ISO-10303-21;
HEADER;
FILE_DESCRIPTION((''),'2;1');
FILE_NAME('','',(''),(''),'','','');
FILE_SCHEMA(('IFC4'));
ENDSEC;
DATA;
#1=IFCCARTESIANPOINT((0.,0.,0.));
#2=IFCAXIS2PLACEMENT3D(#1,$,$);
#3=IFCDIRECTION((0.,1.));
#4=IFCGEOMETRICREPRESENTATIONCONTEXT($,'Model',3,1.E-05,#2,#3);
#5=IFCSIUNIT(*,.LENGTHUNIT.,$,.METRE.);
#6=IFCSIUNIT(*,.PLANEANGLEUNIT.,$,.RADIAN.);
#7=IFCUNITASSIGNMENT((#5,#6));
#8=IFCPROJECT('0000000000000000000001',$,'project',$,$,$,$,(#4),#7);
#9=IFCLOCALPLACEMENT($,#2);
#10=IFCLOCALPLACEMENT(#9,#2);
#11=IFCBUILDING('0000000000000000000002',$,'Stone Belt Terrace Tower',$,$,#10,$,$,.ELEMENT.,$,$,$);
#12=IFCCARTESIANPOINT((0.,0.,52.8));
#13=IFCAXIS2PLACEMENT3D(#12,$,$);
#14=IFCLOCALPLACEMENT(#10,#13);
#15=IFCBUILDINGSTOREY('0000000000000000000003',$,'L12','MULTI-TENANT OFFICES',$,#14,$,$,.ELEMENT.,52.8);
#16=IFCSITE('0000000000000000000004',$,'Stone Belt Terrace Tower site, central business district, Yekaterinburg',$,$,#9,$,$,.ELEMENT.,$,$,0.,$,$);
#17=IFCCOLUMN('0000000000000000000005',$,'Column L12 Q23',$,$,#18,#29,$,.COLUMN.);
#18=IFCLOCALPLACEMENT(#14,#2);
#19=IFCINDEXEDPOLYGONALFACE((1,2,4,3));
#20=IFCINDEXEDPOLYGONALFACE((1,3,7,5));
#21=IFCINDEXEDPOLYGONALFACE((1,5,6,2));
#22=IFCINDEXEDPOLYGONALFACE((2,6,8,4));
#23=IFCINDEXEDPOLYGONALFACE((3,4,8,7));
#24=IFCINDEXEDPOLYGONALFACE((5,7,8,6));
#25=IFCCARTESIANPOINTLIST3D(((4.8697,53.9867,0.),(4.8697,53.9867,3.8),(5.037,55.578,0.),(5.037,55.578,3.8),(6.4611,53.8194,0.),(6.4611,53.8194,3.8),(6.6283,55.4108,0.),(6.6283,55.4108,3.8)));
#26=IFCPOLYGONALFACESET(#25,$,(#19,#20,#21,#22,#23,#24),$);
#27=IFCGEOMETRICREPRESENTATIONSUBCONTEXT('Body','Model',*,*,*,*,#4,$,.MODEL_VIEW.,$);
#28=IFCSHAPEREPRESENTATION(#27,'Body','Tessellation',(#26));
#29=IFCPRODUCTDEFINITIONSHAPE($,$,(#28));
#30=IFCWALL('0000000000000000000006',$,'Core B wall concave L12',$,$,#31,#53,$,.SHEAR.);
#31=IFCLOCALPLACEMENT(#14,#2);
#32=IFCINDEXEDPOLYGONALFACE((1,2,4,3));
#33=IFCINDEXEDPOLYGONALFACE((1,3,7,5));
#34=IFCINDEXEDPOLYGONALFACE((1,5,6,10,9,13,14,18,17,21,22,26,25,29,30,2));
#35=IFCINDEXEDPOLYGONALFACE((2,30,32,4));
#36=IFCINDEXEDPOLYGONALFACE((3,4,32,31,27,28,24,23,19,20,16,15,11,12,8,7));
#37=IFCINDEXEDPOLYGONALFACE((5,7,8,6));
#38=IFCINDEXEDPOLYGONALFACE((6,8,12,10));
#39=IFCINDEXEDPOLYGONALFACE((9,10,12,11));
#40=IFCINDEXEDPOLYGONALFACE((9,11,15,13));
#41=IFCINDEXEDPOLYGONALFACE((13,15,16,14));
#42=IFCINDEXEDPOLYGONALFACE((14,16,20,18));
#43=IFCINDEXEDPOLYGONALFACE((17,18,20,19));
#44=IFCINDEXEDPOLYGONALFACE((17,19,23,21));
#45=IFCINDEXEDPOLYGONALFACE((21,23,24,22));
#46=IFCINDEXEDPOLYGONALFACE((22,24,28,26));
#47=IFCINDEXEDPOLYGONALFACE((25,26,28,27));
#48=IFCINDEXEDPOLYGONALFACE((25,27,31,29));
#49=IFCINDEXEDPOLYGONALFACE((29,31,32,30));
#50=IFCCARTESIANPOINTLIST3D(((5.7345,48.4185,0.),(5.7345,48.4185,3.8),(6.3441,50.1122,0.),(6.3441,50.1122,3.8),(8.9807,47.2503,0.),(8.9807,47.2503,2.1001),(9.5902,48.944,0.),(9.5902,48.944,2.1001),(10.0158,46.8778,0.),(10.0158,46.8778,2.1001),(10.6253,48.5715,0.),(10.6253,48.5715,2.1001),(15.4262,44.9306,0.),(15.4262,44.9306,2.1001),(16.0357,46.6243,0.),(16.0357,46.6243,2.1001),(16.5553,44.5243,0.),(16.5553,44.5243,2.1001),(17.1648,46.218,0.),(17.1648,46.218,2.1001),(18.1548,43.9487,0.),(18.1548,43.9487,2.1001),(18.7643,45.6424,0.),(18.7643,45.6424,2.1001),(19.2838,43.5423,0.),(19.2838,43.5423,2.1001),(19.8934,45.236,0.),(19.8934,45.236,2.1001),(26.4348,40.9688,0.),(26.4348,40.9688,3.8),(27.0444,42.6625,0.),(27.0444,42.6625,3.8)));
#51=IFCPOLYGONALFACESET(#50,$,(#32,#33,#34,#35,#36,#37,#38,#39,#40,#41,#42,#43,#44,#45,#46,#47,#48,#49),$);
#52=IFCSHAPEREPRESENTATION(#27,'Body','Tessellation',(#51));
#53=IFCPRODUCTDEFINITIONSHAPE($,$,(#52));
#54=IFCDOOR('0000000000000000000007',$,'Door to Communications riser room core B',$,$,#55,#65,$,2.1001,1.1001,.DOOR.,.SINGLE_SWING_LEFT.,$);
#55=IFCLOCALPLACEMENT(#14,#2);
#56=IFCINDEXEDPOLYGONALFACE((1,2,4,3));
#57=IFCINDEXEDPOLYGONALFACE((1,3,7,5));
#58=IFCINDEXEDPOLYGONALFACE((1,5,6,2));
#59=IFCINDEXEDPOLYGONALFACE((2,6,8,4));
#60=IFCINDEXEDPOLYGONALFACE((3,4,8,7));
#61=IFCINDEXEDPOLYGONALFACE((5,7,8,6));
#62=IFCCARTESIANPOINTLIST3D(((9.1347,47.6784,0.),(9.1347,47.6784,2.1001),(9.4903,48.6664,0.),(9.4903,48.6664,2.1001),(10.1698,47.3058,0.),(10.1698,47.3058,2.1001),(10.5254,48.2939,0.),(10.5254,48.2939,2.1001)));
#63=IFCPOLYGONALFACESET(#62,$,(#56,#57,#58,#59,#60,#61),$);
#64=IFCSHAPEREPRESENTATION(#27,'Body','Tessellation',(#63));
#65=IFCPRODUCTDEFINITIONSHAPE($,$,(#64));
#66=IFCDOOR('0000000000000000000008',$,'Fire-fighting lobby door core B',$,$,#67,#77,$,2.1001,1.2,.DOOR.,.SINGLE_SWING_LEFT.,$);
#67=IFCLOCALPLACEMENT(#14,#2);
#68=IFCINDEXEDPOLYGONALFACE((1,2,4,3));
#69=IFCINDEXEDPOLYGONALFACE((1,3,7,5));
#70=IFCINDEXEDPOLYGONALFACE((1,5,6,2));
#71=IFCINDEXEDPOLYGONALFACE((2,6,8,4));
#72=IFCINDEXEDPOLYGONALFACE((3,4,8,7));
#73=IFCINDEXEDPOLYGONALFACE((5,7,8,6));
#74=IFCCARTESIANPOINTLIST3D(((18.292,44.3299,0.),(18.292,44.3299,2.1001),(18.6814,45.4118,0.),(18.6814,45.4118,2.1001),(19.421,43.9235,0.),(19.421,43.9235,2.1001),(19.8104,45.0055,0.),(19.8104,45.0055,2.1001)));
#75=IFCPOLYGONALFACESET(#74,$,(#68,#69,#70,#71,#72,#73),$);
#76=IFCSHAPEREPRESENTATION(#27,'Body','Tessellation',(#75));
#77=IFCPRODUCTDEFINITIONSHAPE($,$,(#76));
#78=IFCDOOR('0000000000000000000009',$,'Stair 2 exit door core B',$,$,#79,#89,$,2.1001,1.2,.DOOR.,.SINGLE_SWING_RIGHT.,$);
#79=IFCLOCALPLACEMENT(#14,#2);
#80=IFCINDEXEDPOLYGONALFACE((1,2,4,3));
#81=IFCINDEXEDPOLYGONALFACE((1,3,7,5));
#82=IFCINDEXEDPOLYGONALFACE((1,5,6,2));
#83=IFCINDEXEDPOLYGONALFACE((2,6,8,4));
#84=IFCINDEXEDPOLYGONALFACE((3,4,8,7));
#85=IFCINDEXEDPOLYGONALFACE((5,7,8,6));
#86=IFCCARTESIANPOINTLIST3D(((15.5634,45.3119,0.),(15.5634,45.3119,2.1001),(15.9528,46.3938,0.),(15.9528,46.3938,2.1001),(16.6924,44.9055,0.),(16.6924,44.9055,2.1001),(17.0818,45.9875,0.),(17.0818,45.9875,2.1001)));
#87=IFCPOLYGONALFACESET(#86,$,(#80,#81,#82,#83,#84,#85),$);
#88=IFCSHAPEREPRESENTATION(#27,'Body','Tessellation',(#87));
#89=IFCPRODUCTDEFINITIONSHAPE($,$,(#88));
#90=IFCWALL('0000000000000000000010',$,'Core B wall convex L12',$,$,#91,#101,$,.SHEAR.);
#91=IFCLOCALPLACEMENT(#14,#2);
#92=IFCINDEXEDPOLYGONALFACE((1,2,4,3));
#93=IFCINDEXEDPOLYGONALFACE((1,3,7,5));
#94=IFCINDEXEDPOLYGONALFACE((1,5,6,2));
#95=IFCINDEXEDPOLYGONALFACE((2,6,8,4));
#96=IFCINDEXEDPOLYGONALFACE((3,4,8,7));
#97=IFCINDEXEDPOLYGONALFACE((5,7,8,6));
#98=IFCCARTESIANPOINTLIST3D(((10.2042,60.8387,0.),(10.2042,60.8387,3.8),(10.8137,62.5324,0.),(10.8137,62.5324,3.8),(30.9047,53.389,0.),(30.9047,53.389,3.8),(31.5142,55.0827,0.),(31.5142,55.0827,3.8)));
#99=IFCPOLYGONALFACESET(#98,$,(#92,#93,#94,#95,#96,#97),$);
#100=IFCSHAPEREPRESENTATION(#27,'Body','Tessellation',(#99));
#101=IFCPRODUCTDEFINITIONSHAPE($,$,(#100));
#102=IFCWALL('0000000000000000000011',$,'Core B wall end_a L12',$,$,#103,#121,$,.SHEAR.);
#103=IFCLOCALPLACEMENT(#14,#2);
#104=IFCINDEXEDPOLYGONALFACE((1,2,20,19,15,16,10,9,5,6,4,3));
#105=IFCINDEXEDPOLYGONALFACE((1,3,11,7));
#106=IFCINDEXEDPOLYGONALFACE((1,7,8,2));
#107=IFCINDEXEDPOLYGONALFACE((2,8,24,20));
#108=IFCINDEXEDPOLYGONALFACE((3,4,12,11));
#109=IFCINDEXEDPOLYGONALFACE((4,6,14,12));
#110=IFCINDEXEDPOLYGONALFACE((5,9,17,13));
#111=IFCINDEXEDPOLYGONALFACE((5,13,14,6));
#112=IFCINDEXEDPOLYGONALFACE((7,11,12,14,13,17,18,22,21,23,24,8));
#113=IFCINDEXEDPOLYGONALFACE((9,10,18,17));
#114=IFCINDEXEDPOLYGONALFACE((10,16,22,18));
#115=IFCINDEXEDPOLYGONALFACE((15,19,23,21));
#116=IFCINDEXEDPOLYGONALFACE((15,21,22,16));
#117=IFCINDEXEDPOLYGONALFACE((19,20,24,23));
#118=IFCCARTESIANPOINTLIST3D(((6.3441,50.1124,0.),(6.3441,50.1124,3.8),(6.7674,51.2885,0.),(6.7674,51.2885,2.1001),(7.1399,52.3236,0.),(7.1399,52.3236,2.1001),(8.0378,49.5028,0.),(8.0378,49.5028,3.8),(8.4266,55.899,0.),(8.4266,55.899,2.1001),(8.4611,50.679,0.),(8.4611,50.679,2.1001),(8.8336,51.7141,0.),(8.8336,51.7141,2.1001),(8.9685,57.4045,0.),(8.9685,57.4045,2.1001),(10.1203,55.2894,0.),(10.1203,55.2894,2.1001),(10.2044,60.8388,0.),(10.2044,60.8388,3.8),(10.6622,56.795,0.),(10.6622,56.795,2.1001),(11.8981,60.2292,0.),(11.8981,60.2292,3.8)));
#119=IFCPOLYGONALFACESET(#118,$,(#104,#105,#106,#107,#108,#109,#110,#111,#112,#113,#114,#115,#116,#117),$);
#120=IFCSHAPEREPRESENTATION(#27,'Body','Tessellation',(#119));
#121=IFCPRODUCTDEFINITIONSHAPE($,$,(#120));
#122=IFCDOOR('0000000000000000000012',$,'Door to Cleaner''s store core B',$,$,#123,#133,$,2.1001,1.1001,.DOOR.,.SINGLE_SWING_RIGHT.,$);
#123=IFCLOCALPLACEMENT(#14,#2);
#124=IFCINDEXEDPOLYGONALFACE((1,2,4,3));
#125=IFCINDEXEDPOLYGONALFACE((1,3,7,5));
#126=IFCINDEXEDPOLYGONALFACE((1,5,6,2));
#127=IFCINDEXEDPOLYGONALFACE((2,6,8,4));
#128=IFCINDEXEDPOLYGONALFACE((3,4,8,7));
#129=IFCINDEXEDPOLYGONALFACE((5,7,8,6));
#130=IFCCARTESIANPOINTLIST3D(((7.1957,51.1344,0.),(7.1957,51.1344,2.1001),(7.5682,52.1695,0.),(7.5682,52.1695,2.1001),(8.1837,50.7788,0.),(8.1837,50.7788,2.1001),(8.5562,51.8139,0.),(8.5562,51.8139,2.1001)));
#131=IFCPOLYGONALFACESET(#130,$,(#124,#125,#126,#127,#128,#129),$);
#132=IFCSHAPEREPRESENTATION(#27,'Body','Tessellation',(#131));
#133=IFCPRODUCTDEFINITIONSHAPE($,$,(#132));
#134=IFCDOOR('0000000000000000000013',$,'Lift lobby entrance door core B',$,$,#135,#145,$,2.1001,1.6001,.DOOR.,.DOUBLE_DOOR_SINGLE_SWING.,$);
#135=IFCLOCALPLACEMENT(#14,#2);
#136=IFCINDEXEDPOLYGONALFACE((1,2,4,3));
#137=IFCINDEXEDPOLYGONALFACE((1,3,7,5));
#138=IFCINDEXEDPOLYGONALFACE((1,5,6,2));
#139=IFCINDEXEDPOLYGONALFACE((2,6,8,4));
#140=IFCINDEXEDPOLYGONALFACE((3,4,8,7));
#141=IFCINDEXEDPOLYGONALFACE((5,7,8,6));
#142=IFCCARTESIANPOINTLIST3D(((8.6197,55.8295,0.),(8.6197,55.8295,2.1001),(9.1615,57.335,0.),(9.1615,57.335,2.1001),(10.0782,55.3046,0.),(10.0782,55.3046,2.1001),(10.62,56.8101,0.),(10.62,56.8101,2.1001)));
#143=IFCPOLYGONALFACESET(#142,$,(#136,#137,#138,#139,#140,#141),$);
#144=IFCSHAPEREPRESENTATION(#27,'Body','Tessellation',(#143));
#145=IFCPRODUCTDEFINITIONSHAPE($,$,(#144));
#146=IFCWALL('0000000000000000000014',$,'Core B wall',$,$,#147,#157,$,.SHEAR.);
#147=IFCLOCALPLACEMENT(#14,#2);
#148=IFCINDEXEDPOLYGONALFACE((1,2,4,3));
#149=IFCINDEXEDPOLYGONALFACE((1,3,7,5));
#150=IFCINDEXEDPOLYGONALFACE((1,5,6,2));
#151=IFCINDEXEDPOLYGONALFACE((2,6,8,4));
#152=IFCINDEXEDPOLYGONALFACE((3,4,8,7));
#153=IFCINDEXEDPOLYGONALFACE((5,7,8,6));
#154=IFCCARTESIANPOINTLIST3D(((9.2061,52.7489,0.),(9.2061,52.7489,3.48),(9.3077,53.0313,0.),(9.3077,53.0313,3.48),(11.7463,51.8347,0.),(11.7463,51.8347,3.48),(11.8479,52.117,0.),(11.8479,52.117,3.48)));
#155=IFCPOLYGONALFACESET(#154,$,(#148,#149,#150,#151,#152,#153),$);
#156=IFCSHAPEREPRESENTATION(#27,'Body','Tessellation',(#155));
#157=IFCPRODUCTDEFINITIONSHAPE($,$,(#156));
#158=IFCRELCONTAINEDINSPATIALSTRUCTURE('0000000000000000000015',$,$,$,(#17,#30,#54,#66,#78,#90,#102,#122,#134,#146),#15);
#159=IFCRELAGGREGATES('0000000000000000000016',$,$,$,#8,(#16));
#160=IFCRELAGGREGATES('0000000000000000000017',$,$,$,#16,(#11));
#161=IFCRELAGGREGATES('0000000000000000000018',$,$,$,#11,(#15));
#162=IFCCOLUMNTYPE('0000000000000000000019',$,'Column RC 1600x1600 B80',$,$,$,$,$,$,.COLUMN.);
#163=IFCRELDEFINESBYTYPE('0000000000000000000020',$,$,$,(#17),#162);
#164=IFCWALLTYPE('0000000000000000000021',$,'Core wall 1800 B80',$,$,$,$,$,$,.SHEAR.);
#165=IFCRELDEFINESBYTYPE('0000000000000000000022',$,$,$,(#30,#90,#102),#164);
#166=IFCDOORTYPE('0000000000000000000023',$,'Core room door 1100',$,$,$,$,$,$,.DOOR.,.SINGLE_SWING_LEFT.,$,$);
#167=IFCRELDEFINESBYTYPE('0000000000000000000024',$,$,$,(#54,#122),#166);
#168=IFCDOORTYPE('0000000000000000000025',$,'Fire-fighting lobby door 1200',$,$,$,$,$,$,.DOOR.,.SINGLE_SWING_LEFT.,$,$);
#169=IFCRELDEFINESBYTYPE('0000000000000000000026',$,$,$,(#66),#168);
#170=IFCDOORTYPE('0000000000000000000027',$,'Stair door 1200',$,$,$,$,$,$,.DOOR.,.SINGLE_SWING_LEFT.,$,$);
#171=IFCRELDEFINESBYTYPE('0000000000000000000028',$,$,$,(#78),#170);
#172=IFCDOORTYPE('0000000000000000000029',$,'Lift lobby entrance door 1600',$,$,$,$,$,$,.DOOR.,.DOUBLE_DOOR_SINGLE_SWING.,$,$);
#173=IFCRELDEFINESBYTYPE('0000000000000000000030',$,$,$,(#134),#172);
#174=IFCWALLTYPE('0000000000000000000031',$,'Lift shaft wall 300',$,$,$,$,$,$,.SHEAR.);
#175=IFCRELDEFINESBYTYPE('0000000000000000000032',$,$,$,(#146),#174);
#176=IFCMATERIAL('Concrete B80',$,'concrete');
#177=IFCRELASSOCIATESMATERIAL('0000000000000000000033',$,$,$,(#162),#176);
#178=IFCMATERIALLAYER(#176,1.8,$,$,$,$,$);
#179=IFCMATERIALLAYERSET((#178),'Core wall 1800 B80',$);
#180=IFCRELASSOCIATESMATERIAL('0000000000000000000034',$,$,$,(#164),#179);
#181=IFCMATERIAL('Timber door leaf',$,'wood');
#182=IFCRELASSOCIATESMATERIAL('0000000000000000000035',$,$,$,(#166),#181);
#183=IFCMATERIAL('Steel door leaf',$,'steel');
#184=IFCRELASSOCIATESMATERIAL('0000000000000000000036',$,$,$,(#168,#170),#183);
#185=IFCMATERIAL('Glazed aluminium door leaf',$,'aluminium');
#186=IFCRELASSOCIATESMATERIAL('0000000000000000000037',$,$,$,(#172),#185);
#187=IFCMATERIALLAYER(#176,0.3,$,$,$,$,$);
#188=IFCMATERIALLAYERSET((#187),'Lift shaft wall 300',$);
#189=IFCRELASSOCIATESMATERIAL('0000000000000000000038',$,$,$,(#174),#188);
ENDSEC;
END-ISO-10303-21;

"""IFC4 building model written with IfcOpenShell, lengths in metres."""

from ifc_helpers import new_model, si_unit, direction, frame, frame_2d, origin, origin_2d, place, context, subcontext, project, spatial, rectangle, extrude, material, layer, layer_set, material_profile, profile_set, type_object, element, fill, save


model = new_model("IFC4")

# Units and contexts
model_context = context("Model", 3, precision=1e-05, world=origin(), true_north=direction((0.0, 1.0)))
body_context = subcontext(model_context, "Body", "Model", "MODEL_VIEW")
ifc_project = project(units=[si_unit("LENGTHUNIT", "METRE"), si_unit("PLANEANGLEUNIT", "RADIAN")], contexts=[model_context])

# Site, building, storey
site_placement = place(None, origin())
site = spatial("IfcSite", under=ifc_project, at=site_placement, Name="Stone Belt Terrace Tower site, central business district, Yekaterinburg", CompositionType="ELEMENT", RefElevation=0.0)
building_placement = place(site_placement, origin())
building = spatial("IfcBuilding", under=site, at=building_placement, Name="Stone Belt Terrace Tower", CompositionType="ELEMENT")
storey_placement = place(building_placement, frame((0.0, 0.0, 52.8)))
storey = spatial("IfcBuildingStorey", under=building, at=storey_placement, Name="L12", Description="MULTI-TENANT OFFICES", CompositionType="ELEMENT", Elevation=52.8)

# Column
ifc_material_1 = material(Name="Concrete B80", Category="concrete")
ifc_material_profile = material_profile(ifc_material_1, rectangle(XDim=1.6001, YDim=1.6001, at=origin_2d()), Name="RC 1600x1600")
ifc_profile_set = profile_set([ifc_material_profile], Name="Concrete B80")
column_type = type_object("IfcColumnType", Name="Column RC 1600x1600 B80", PredefinedType="COLUMN", material=ifc_profile_set)
column_placement = place(storey_placement, frame((5.749, 54.6987, 0.0), z_axis=(0.0, 0.0, 1.0), x_axis=(0.994522, -0.104528, 0.0)))
element("IfcColumn", 1, at=column_placement, inside=storey, type_object=column_type, Name="Column L12 Q23", PredefinedType="COLUMN", context=body_context, shape_type="SweptSolid", body=[
    extrude(rectangle(XDim=1.6001, YDim=1.6001, at=origin_2d()), origin(), (0.0, 0.0, 1.0), 3.8),
])

# Wall, openings, doors
ifc_layer_1 = layer(ifc_material_1, 1.8)
ifc_layer_set_1 = layer_set([ifc_layer_1], Name="Core wall 1800 B80")
wall_type_1 = type_object("IfcWallType", Name="Core wall 1800 B80", PredefinedType="SHEAR", material=ifc_layer_set_1)
wall_1_placement = place(storey_placement, frame((6.0393, 49.2654, 0.0), z_axis=(0.0, 0.0, 1.0), x_axis=(0.940922, -0.338624, 0.0)))
wall_1 = element("IfcWall", 2, at=wall_1_placement, inside=storey, type_object=wall_type_1, Name="Core B wall concave L12", PredefinedType="SHEAR", context=body_context, shape_type="SweptSolid", body=[
    extrude(rectangle(XDim=22.0, YDim=1.8, at=frame_2d((11.0, 0.0))), origin(), (0.0, 0.0, 1.0), 3.8),
])
opening_1_placement = place(wall_1_placement, frame((13.2, 0.0, 0.0)))
opening_1 = element("IfcOpeningElement", 3, at=opening_1_placement, cuts=wall_1, PredefinedType="OPENING", context=body_context, shape_type="SweptSolid", body=[
    extrude(rectangle(XDim=1.2, YDim=2.1001, at=frame_2d((0.6001, 1.05))), frame((0.0, 0.9099, 0.0), z_axis=(0.0, -1.0, 0.0), x_axis=(1.0, 0.0, 0.0)), (0.0, 0.0, 1.0), 1.8201),
])
opening_2_placement = place(wall_1_placement, frame((10.3, 0.0, 0.0)))
opening_2 = element("IfcOpeningElement", 4, at=opening_2_placement, cuts=wall_1, PredefinedType="OPENING", context=body_context, shape_type="SweptSolid", body=[
    extrude(rectangle(XDim=1.2, YDim=2.1001, at=frame_2d((0.6001, 1.05))), frame((0.0, 0.9099, 0.0), z_axis=(0.0, -1.0, 0.0), x_axis=(1.0, 0.0, 0.0)), (0.0, 0.0, 1.0), 1.8201),
])
opening_3_placement = place(wall_1_placement, frame((3.45, 0.0, 0.0)))
opening_3 = element("IfcOpeningElement", 5, at=opening_3_placement, cuts=wall_1, PredefinedType="OPENING", context=body_context, shape_type="SweptSolid", body=[
    extrude(rectangle(XDim=1.1001, YDim=2.1001, at=frame_2d((0.55, 1.05))), frame((0.0, 0.9099, 0.0), z_axis=(0.0, -1.0, 0.0), x_axis=(1.0, 0.0, 0.0)), (0.0, 0.0, 1.0), 1.8201),
])
ifc_material_2 = material(Name="Timber door leaf", Category="wood")
door_type_1 = type_object("IfcDoorType", Name="Core room door 1100", OperationType="SINGLE_SWING_LEFT", PredefinedType="DOOR", material=ifc_material_2)
door_1_placement = place(opening_3_placement, origin())
door_1 = element("IfcDoor", 6, at=door_1_placement, inside=storey, type_object=door_type_1, Name="Door to Communications riser room core B", OperationType="SINGLE_SWING_LEFT", OverallHeight=2.1001, OverallWidth=1.1001, PredefinedType="DOOR", context=body_context, shape_type="SweptSolid", body=[
    extrude(rectangle(XDim=1.1001, YDim=2.1001, at=frame_2d((0.55, 1.05))), frame((0.0, 0.605, 0.0), z_axis=(0.0, -1.0, 0.0), x_axis=(1.0, 0.0, 0.0)), (0.0, 0.0, 1.0), 1.05),
])
fill(opening_3, door_1)
ifc_material_3 = material(Name="Steel door leaf", Category="steel")
door_type_2 = type_object("IfcDoorType", Name="Fire-fighting lobby door 1200", OperationType="SINGLE_SWING_LEFT", PredefinedType="DOOR", material=ifc_material_3)
door_2_placement = place(opening_1_placement, origin())
door_2 = element("IfcDoor", 7, at=door_2_placement, inside=storey, type_object=door_type_2, Name="Fire-fighting lobby door core B", OperationType="SINGLE_SWING_LEFT", OverallHeight=2.1001, OverallWidth=1.2, PredefinedType="DOOR", context=body_context, shape_type="SweptSolid", body=[
    extrude(rectangle(XDim=1.2, YDim=2.1001, at=frame_2d((0.6001, 1.05))), frame((0.0, 0.655, 0.0), z_axis=(0.0, -1.0, 0.0), x_axis=(1.0, 0.0, 0.0)), (0.0, 0.0, 1.0), 1.1499),
])
fill(opening_1, door_2)
door_type_3 = type_object("IfcDoorType", Name="Stair door 1200", OperationType="SINGLE_SWING_LEFT", PredefinedType="DOOR", material=ifc_material_3)
door_3_placement = place(opening_2_placement, origin())
door_3 = element("IfcDoor", 8, at=door_3_placement, inside=storey, type_object=door_type_3, Name="Stair 2 exit door core B", OperationType="SINGLE_SWING_RIGHT", OverallHeight=2.1001, OverallWidth=1.2, PredefinedType="DOOR", context=body_context, shape_type="SweptSolid", body=[
    extrude(rectangle(XDim=1.2, YDim=2.1001, at=frame_2d((0.6001, 1.05))), frame((0.0, 0.655, 0.0), z_axis=(0.0, -1.0, 0.0), x_axis=(1.0, 0.0, 0.0)), (0.0, 0.0, 1.0), 1.1499),
])
fill(opening_2, door_3)

# Wall
wall_2_placement = place(storey_placement, frame((10.509, 61.6855, 0.0), z_axis=(0.0, 0.0, 1.0), x_axis=(0.940923, -0.338621, 0.0)))
element("IfcWall", 9, at=wall_2_placement, inside=storey, type_object=wall_type_1, Name="Core B wall convex L12", PredefinedType="SHEAR", context=body_context, shape_type="SweptSolid", body=[
    extrude(rectangle(XDim=22.0002, YDim=1.8, at=frame_2d((11.0, 0.0))), origin(), (0.0, 0.0, 1.0), 3.8),
])

# Wall, openings, doors
wall_3_placement = place(storey_placement, frame((7.1909, 49.8076, 0.0), z_axis=(0.0, 0.0, 1.0), x_axis=(0.338632, 0.940919, 0.0)))
wall_3 = element("IfcWall", 10, at=wall_3_placement, inside=storey, type_object=wall_type_1, Name="Core B wall end_a L12", PredefinedType="SHEAR", context=body_context, shape_type="SweptSolid", body=[
    extrude(rectangle(XDim=11.3999, YDim=1.8, at=frame_2d((5.7, 0.0))), origin(), (0.0, 0.0, 1.0), 3.8),
])
opening_4_placement = place(wall_3_placement, frame((6.1499, 0.0, 0.0)))
opening_4 = element("IfcOpeningElement", 11, at=opening_4_placement, cuts=wall_3, PredefinedType="OPENING", context=body_context, shape_type="SweptSolid", body=[
    extrude(rectangle(XDim=1.6001, YDim=2.1001, at=frame_2d((0.8, 1.05))), frame((0.0, 0.9099, 0.0), z_axis=(0.0, -1.0, 0.0), x_axis=(1.0, 0.0, 0.0)), (0.0, 0.0, 1.0), 1.8201),
])
opening_5_placement = place(wall_3_placement, frame((1.25, 0.0, 0.0)))
opening_5 = element("IfcOpeningElement", 12, at=opening_5_placement, cuts=wall_3, PredefinedType="OPENING", context=body_context, shape_type="SweptSolid", body=[
    extrude(rectangle(XDim=1.1001, YDim=2.1001, at=frame_2d((0.55, 1.05))), frame((0.0, 0.9099, 0.0), z_axis=(0.0, -1.0, 0.0), x_axis=(1.0, 0.0, 0.0)), (0.0, 0.0, 1.0), 1.8201),
])
door_4_placement = place(opening_5_placement, origin())
door_4 = element("IfcDoor", 13, at=door_4_placement, inside=storey, type_object=door_type_1, Name="Door to Cleaner's store core B", OperationType="SINGLE_SWING_RIGHT", OverallHeight=2.1001, OverallWidth=1.1001, PredefinedType="DOOR", context=body_context, shape_type="SweptSolid", body=[
    extrude(rectangle(XDim=1.1001, YDim=2.1001, at=frame_2d((0.55, 1.05))), frame((0.0, 0.4448, 0.0), z_axis=(0.0, -1.0, 0.0), x_axis=(1.0, 0.0, 0.0)), (0.0, 0.0, 1.0), 1.05),
])
fill(opening_5, door_4)
ifc_material_4 = material(Name="Glazed aluminium door leaf", Category="aluminium")
door_type_4 = type_object("IfcDoorType", Name="Lift lobby entrance door 1600", OperationType="DOUBLE_DOOR_SINGLE_SWING", PredefinedType="DOOR", material=ifc_material_4)
door_5_placement = place(opening_4_placement, origin())
door_5 = element("IfcDoor", 14, at=door_5_placement, inside=storey, type_object=door_type_4, Name="Lift lobby entrance door core B", OperationType="DOUBLE_DOOR_SINGLE_SWING", OverallHeight=2.1001, OverallWidth=1.6001, PredefinedType="DOOR", context=body_context, shape_type="SweptSolid", body=[
    extrude(rectangle(XDim=1.6001, YDim=2.1001, at=frame_2d((0.8, 1.05))), frame((0.0, 0.6948, 0.0), z_axis=(0.0, -1.0, 0.0), x_axis=(1.0, 0.0, 0.0)), (0.0, 0.0, 1.0), 1.55),
])
fill(opening_4, door_5)

# Wall
ifc_layer_2 = layer(ifc_material_1, 0.3)
ifc_layer_set_2 = layer_set([ifc_layer_2], Name="Lift shaft wall 300")
wall_type_2 = type_object("IfcWallType", Name="Lift shaft wall 300", PredefinedType="SHEAR", material=ifc_layer_set_2)
wall_4_placement = place(storey_placement, frame((11.7971, 51.9758, 0.0), z_axis=(0.0, 0.0, 1.0), x_axis=(-0.94091, 0.338655, 0.0)))
element("IfcWall", 15, at=wall_4_placement, inside=storey, type_object=wall_type_2, Name="Core B wall", PredefinedType="SHEAR", context=body_context, shape_type="SweptSolid", body=[
    extrude(rectangle(XDim=2.6997, YDim=0.3, at=frame_2d((1.3499, 0.0))), origin(), (0.0, 0.0, 1.0), 3.48),
])

save(model, "model.ifc")
